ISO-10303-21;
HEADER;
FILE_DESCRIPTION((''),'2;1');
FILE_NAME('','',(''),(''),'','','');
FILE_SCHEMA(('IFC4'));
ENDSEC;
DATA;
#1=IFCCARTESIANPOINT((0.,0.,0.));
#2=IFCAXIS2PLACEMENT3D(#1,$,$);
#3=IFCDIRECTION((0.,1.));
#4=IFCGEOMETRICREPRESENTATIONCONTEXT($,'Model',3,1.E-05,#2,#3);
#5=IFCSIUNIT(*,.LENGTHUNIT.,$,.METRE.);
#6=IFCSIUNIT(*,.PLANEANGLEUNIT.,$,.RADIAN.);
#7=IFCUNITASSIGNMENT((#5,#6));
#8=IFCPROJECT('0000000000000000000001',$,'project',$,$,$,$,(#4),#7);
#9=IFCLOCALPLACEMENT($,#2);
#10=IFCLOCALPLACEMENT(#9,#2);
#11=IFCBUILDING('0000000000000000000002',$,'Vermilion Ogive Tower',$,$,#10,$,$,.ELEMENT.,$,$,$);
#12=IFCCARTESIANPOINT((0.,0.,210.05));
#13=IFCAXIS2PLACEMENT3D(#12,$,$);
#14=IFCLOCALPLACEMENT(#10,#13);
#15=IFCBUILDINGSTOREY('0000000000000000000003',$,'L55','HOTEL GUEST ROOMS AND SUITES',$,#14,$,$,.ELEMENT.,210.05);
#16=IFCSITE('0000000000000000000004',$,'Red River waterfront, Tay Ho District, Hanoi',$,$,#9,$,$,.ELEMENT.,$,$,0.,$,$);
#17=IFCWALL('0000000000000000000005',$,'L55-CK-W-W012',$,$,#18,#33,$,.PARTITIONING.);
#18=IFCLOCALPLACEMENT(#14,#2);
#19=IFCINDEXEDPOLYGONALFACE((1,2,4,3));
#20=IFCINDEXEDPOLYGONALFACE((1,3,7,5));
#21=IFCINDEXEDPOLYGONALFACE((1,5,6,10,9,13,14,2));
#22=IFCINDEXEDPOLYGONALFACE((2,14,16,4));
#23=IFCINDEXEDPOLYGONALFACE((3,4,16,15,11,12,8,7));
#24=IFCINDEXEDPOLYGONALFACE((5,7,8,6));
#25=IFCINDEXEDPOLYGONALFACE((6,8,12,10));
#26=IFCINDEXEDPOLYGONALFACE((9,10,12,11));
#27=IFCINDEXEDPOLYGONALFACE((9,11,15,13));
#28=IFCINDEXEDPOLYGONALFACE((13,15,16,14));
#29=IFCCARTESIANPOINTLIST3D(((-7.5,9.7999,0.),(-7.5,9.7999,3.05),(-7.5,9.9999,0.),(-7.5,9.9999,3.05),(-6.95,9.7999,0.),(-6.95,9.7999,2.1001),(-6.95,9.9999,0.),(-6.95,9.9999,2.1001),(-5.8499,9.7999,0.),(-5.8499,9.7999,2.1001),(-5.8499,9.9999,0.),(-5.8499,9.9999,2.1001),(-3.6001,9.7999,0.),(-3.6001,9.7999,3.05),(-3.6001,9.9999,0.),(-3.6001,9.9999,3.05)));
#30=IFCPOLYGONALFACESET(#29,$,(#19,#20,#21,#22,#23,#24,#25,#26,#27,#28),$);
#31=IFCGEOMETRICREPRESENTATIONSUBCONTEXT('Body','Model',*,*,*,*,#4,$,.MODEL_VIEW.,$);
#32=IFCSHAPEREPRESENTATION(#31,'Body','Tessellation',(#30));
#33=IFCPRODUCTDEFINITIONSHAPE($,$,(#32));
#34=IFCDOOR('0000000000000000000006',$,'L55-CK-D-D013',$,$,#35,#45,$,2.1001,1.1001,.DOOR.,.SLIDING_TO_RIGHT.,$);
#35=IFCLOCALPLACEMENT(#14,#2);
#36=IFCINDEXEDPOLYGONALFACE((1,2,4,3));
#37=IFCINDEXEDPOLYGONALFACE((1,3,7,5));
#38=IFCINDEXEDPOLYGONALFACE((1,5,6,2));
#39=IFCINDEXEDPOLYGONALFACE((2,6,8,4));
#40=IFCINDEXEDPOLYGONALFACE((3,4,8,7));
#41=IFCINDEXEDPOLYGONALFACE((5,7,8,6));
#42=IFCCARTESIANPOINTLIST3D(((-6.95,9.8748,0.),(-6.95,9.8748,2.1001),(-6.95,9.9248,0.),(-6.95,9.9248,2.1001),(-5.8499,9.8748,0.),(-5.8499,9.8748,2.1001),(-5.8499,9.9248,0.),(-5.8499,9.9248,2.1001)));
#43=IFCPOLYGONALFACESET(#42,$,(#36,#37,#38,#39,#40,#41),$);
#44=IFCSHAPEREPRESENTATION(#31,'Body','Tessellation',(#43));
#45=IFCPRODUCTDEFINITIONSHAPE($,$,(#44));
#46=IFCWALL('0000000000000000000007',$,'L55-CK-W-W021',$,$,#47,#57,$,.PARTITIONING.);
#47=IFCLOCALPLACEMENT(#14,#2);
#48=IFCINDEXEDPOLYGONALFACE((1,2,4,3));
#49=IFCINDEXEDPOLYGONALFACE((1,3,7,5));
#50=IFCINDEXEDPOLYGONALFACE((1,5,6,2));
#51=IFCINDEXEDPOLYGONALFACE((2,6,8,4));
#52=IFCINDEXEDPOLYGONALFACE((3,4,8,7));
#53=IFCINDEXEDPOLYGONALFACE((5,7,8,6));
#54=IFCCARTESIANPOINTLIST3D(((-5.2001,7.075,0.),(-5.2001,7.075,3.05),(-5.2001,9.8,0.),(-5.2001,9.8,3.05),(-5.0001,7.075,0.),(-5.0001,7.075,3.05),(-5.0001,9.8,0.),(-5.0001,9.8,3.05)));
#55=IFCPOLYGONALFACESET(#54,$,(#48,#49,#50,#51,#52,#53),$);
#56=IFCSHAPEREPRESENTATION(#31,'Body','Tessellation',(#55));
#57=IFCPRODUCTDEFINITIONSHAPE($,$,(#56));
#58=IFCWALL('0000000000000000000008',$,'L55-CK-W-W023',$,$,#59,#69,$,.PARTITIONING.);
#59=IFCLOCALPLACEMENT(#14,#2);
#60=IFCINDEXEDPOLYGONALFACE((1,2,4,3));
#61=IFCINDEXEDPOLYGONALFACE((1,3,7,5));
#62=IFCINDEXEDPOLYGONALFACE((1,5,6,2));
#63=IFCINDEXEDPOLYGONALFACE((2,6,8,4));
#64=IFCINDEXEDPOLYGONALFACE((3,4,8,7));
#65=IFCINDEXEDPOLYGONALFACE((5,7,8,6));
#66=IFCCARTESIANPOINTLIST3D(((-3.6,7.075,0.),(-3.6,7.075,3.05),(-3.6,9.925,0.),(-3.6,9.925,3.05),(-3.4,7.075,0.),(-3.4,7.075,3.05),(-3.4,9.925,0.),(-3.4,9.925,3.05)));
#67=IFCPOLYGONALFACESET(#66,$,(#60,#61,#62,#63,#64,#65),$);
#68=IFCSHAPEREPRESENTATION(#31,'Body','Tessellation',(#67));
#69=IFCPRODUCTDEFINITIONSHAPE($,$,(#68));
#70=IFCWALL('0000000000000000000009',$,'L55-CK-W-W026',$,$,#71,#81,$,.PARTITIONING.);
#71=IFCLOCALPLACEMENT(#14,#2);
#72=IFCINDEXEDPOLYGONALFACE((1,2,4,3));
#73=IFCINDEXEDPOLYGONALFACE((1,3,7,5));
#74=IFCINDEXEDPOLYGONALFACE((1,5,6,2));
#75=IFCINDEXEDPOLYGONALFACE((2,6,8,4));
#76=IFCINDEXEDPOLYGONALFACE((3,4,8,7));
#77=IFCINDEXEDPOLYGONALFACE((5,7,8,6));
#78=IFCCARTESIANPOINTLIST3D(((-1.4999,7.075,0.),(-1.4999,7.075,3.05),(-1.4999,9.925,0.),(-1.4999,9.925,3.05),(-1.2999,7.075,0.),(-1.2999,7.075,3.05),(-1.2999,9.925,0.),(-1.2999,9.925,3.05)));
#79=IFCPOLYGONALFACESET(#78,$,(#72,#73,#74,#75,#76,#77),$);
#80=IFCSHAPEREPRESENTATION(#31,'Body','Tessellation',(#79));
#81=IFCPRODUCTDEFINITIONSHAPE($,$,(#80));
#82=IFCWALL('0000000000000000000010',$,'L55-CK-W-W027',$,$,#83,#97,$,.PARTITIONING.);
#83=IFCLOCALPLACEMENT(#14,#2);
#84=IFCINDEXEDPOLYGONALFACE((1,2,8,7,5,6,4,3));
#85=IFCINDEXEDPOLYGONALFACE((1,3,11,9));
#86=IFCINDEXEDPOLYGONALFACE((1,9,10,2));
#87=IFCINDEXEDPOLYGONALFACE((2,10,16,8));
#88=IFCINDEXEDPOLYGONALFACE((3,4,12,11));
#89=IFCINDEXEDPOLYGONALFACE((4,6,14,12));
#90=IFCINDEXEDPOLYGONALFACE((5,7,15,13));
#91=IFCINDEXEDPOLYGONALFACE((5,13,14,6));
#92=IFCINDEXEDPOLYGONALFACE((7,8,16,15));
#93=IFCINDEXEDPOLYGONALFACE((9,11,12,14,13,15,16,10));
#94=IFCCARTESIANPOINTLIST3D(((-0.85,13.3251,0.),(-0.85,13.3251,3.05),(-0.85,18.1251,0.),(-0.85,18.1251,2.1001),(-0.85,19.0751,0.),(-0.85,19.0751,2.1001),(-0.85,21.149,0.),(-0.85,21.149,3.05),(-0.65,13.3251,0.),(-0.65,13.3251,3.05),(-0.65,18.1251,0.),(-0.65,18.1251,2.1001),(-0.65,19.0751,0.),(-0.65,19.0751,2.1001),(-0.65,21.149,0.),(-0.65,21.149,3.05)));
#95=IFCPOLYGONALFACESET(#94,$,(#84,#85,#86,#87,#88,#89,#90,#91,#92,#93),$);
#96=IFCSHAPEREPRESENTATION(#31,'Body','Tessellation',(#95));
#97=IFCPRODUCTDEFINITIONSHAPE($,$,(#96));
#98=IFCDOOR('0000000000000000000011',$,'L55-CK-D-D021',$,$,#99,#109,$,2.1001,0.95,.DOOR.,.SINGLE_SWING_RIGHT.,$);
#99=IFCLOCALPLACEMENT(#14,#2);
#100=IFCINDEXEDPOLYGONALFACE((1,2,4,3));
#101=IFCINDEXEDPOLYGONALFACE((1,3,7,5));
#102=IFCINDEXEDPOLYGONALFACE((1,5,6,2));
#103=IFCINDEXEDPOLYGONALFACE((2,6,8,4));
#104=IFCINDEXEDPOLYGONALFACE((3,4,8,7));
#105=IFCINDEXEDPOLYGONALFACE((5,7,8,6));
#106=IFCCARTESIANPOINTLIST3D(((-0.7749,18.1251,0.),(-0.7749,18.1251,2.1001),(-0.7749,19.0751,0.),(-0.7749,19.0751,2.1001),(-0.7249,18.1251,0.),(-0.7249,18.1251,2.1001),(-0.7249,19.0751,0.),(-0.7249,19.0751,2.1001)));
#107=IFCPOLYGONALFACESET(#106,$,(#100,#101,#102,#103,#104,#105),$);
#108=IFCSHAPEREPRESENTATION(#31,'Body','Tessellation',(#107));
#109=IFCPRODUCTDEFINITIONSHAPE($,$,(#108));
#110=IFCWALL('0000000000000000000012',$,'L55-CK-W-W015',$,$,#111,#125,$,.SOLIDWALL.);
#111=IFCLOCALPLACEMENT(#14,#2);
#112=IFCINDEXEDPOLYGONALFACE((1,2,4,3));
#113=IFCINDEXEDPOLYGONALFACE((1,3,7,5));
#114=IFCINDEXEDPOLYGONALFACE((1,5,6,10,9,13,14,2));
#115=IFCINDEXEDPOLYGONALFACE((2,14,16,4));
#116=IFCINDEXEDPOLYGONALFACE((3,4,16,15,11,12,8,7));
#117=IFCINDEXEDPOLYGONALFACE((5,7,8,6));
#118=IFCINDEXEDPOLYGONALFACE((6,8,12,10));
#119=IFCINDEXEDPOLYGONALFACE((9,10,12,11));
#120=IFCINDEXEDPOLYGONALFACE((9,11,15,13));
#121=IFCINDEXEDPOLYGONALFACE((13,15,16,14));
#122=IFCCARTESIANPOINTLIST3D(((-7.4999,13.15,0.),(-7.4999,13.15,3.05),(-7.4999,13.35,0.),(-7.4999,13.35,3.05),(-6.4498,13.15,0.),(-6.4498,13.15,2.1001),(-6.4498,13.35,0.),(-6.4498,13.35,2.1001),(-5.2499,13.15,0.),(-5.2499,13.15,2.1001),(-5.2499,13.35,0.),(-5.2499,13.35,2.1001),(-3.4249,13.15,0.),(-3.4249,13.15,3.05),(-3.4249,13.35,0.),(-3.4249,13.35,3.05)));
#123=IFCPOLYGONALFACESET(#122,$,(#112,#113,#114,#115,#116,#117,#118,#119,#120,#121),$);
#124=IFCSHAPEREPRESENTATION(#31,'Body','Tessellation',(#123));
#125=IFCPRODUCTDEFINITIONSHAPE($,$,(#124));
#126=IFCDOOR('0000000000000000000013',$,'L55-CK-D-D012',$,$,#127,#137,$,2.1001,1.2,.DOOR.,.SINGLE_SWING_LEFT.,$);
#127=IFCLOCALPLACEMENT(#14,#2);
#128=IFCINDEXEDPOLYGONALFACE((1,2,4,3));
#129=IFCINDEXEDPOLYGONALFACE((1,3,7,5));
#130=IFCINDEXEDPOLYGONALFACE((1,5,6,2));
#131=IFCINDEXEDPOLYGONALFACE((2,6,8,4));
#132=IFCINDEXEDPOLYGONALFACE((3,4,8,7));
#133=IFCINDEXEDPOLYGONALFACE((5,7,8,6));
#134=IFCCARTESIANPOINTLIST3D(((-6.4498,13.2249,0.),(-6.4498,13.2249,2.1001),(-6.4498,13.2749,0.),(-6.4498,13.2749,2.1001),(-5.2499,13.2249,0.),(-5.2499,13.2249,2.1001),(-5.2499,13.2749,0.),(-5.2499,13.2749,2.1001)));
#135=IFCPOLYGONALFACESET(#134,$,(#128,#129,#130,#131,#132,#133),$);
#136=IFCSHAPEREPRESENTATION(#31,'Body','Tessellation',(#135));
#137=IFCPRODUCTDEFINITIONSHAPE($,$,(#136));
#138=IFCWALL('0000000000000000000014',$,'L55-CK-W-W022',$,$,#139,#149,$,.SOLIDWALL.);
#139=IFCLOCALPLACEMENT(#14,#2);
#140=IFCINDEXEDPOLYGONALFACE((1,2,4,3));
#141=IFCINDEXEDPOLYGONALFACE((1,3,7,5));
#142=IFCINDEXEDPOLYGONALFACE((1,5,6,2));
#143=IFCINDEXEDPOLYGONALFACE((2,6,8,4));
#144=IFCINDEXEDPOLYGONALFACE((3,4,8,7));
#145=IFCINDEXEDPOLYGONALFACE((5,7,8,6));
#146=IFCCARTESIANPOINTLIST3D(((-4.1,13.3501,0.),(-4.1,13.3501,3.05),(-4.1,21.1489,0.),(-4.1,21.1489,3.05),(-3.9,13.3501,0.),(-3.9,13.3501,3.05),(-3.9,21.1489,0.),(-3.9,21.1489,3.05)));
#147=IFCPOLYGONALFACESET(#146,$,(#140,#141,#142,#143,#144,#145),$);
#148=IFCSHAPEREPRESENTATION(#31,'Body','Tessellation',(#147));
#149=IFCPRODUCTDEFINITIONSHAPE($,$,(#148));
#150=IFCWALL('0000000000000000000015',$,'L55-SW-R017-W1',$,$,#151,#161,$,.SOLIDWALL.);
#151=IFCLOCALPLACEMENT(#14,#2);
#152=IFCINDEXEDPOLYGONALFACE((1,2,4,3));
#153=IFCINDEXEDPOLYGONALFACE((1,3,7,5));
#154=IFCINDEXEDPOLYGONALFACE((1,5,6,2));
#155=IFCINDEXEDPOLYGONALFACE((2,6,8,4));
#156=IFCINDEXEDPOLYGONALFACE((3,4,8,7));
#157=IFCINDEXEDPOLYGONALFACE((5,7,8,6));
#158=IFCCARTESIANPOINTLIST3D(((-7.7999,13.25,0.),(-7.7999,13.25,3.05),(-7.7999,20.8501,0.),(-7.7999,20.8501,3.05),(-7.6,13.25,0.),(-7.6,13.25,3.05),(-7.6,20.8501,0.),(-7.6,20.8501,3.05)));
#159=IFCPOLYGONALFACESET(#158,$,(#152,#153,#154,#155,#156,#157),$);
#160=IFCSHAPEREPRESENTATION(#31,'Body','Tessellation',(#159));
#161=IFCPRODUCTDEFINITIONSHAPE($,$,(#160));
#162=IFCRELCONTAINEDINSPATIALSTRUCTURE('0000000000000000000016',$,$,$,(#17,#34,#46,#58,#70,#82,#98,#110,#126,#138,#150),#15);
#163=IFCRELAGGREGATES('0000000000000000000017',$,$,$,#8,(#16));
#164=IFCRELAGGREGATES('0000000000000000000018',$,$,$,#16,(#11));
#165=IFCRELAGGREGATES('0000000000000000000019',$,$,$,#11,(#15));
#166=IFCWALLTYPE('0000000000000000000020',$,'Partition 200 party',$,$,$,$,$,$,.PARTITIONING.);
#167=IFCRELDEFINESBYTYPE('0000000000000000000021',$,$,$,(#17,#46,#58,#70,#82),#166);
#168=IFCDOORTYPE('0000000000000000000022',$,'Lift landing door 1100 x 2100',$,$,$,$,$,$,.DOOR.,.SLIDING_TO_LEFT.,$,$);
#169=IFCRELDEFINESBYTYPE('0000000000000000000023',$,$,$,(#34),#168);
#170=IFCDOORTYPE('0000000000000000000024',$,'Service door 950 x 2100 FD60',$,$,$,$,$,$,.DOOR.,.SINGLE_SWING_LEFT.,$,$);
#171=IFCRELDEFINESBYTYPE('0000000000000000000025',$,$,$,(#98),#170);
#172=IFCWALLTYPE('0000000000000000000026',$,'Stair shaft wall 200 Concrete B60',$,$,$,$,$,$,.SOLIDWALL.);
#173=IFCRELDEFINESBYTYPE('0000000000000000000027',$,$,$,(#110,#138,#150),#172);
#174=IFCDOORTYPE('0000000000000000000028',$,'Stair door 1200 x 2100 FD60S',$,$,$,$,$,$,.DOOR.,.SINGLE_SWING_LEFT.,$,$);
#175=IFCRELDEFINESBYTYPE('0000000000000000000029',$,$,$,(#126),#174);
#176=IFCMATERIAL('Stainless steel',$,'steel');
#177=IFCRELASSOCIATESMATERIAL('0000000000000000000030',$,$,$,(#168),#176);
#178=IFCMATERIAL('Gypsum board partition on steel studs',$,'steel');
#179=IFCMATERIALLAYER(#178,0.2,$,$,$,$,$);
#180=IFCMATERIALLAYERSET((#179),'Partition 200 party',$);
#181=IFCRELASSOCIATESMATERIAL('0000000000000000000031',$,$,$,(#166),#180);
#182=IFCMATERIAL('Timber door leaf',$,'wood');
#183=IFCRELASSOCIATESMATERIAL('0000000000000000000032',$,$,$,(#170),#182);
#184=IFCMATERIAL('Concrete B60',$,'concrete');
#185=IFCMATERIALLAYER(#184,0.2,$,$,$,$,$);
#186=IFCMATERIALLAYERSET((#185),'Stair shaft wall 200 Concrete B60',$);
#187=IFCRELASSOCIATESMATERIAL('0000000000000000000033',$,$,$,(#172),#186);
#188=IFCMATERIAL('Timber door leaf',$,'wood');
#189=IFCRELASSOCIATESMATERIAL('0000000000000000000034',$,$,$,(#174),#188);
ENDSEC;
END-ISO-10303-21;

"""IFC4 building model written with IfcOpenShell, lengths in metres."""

from ifc_helpers import new_model, si_unit, direction, frame, frame_2d, origin, place, context, subcontext, project, spatial, rectangle, extrude, material, layer, layer_set, type_object, element, fill, save


model = new_model("IFC4")

# Units and contexts
model_context = context("Model", 3, precision=1e-05, world=origin(), true_north=direction((0.0, 1.0)))
body_context = subcontext(model_context, "Body", "Model", "MODEL_VIEW")
ifc_project = project(units=[si_unit("LENGTHUNIT", "METRE"), si_unit("PLANEANGLEUNIT", "RADIAN")], contexts=[model_context])

# Site, building, storey
site_placement = place(None, origin())
site = spatial("IfcSite", under=ifc_project, at=site_placement, Name="Red River waterfront, Tay Ho District, Hanoi", CompositionType="ELEMENT", RefElevation=0.0)
building_placement = place(site_placement, origin())
building = spatial("IfcBuilding", under=site, at=building_placement, Name="Vermilion Ogive Tower", CompositionType="ELEMENT")
storey_placement = place(building_placement, frame((0.0, 0.0, 210.05)))
storey = spatial("IfcBuildingStorey", under=building, at=storey_placement, Name="L55", Description="HOTEL GUEST ROOMS AND SUITES", CompositionType="ELEMENT", Elevation=210.05)

# Shared definitions
ifc_material_1 = material(Name="Stainless steel", Category="steel")
door_type_1 = type_object("IfcDoorType", Name="Lift landing door 1100 x 2100", OperationType="SLIDING_TO_LEFT", PredefinedType="DOOR", material=ifc_material_1)

# Wall, opening, door
ifc_material_2 = material(Name="Gypsum board partition on steel studs", Category="steel")
ifc_layer_1 = layer(ifc_material_2, 0.2)
ifc_layer_set_1 = layer_set([ifc_layer_1], Name="Partition 200 party")
wall_type_1 = type_object("IfcWallType", Name="Partition 200 party", PredefinedType="PARTITIONING", material=ifc_layer_set_1)
wall_1_placement = place(storey_placement, frame((-7.5, 9.8999, 0.0), z_axis=(0.0, 0.0, 1.0), x_axis=(1.0, 0.0, 0.0)))
wall_1 = element("IfcWall", 1, at=wall_1_placement, inside=storey, type_object=wall_type_1, Name="L55-CK-W-W012", PredefinedType="PARTITIONING", context=body_context, shape_type="SweptSolid", body=[
    extrude(rectangle(XDim=3.8999, YDim=0.2, at=frame_2d((1.95, 0.0))), origin(), (0.0, 0.0, 1.0), 3.05),
])
opening_1_placement = place(wall_1_placement, frame((0.55, 0.0, 0.0)))
opening_1 = element("IfcOpeningElement", 2, at=opening_1_placement, cuts=wall_1, PredefinedType="OPENING", context=body_context, shape_type="SweptSolid", body=[
    extrude(rectangle(XDim=1.1001, YDim=2.1001, at=frame_2d((0.55, 1.05))), frame((0.0, 0.1099, 0.0), z_axis=(0.0, -1.0, 0.0), x_axis=(1.0, 0.0, 0.0)), (0.0, 0.0, 1.0), 0.22),
])
door_1_placement = place(opening_1_placement, origin())
door_1 = element("IfcDoor", 3, at=door_1_placement, inside=storey, type_object=door_type_1, Name="L55-CK-D-D013", OperationType="SLIDING_TO_RIGHT", OverallHeight=2.1001, OverallWidth=1.1001, PredefinedType="DOOR", context=body_context, shape_type="SweptSolid", body=[
    extrude(rectangle(XDim=1.1001, YDim=2.1001, at=frame_2d((0.55, 1.05))), frame((0.0, 0.0249, 0.0), z_axis=(0.0, -1.0, 0.0), x_axis=(1.0, 0.0, 0.0)), (0.0, 0.0, 1.0), 0.05),
])
fill(opening_1, door_1)

# Walls
wall_2_placement = place(storey_placement, frame((-5.1001, 7.075, 0.0), z_axis=(0.0, 0.0, 1.0), x_axis=(0.0, 1.0, 0.0)))
element("IfcWall", 4, at=wall_2_placement, inside=storey, type_object=wall_type_1, Name="L55-CK-W-W021", PredefinedType="PARTITIONING", context=body_context, shape_type="SweptSolid", body=[
    extrude(rectangle(XDim=2.7251, YDim=0.2, at=frame_2d((1.3625, 0.0))), origin(), (0.0, 0.0, 1.0), 3.05),
])
for number, where, z_axis, x_axis, name in (
    (5, (-3.5, 7.075, 0.0), (0.0, 0.0, 1.0), (0.0, 1.0, 0.0), "L55-CK-W-W023"),
    (6, (-1.3999, 7.075, 0.0), (0.0, 0.0, 1.0), (0.0, 1.0, 0.0), "L55-CK-W-W026"),
):
    element("IfcWall", number, at=place(storey_placement, frame(where, z_axis=z_axis, x_axis=x_axis)), inside=storey, type_object=wall_type_1, Name=name, PredefinedType="PARTITIONING", context=body_context, shape_type="SweptSolid", body=[
        extrude(rectangle(XDim=2.8501, YDim=0.2, at=frame_2d((1.425, 0.0))), origin(), (0.0, 0.0, 1.0), 3.05),
    ])

# Walls, openings, doors
wall_3_placement = place(storey_placement, frame((-0.75, 13.325, 0.0), z_axis=(0.0, 0.0, 1.0), x_axis=(0.0, 1.0, 0.0)))
wall_3 = element("IfcWall", 7, at=wall_3_placement, inside=storey, type_object=wall_type_1, Name="L55-CK-W-W027", PredefinedType="PARTITIONING", context=body_context, shape_type="SweptSolid", body=[
    extrude(rectangle(XDim=7.824, YDim=0.2, at=frame_2d((3.9121, 0.0))), origin(), (0.0, 0.0, 1.0), 3.05),
])
opening_2_placement = place(wall_3_placement, frame((4.8, 0.0, 0.0)))
opening_2 = element("IfcOpeningElement", 8, at=opening_2_placement, cuts=wall_3, PredefinedType="OPENING", context=body_context, shape_type="SweptSolid", body=[
    extrude(rectangle(XDim=0.95, YDim=2.1001, at=frame_2d((0.4751, 1.05))), frame((0.0, 0.1099, 0.0), z_axis=(0.0, -1.0, 0.0), x_axis=(1.0, 0.0, 0.0)), (0.0, 0.0, 1.0), 0.22),
])
ifc_material_3 = material(Name="Timber door leaf", Category="wood")
door_type_2 = type_object("IfcDoorType", Name="Service door 950 x 2100 FD60", OperationType="SINGLE_SWING_LEFT", PredefinedType="DOOR", material=ifc_material_3)
door_2_placement = place(opening_2_placement, origin())
door_2 = element("IfcDoor", 9, at=door_2_placement, inside=storey, type_object=door_type_2, Name="L55-CK-D-D021", OperationType="SINGLE_SWING_RIGHT", OverallHeight=2.1001, OverallWidth=0.95, PredefinedType="DOOR", context=body_context, shape_type="SweptSolid", body=[
    extrude(rectangle(XDim=0.95, YDim=2.1001, at=frame_2d((0.4751, 1.05))), frame((0.0, 0.0249, 0.0), z_axis=(0.0, -1.0, 0.0), x_axis=(1.0, 0.0, 0.0)), (0.0, 0.0, 1.0), 0.05),
])
fill(opening_2, door_2)
ifc_material_4 = material(Name="Concrete B60", Category="concrete")
ifc_layer_2 = layer(ifc_material_4, 0.2)
ifc_layer_set_2 = layer_set([ifc_layer_2], Name="Stair shaft wall 200 Concrete B60")
wall_type_2 = type_object("IfcWallType", Name="Stair shaft wall 200 Concrete B60", PredefinedType="SOLIDWALL", material=ifc_layer_set_2)
wall_4_placement = place(storey_placement, frame((-7.5, 13.25, 0.0), z_axis=(0.0, 0.0, 1.0), x_axis=(1.0, 0.0, 0.0)))
wall_4 = element("IfcWall", 10, at=wall_4_placement, inside=storey, type_object=wall_type_2, Name="L55-CK-W-W015", PredefinedType="SOLIDWALL", context=body_context, shape_type="SweptSolid", body=[
    extrude(rectangle(XDim=4.075, YDim=0.2, at=frame_2d((2.0376, 0.0))), origin(), (0.0, 0.0, 1.0), 3.05),
])
opening_3_placement = place(wall_4_placement, frame((1.05, 0.0, 0.0)))
opening_3 = element("IfcOpeningElement", 11, at=opening_3_placement, cuts=wall_4, PredefinedType="OPENING", context=body_context, shape_type="SweptSolid", body=[
    extrude(rectangle(XDim=1.2, YDim=2.1001, at=frame_2d((0.6001, 1.05))), frame((0.0, 0.1099, 0.0), z_axis=(0.0, -1.0, 0.0), x_axis=(1.0, 0.0, 0.0)), (0.0, 0.0, 1.0), 0.22),
])
ifc_material_5 = material(Name="Timber door leaf", Category="wood")
door_type_3 = type_object("IfcDoorType", Name="Stair door 1200 x 2100 FD60S", OperationType="SINGLE_SWING_LEFT", PredefinedType="DOOR", material=ifc_material_5)
door_3_placement = place(opening_3_placement, origin())
door_3 = element("IfcDoor", 12, at=door_3_placement, inside=storey, type_object=door_type_3, Name="L55-CK-D-D012", OperationType="SINGLE_SWING_LEFT", OverallHeight=2.1001, OverallWidth=1.2, PredefinedType="DOOR", context=body_context, shape_type="SweptSolid", body=[
    extrude(rectangle(XDim=1.2, YDim=2.1001, at=frame_2d((0.6001, 1.05))), frame((0.0, 0.0249, 0.0), z_axis=(0.0, -1.0, 0.0), x_axis=(1.0, 0.0, 0.0)), (0.0, 0.0, 1.0), 0.05),
])
fill(opening_3, door_3)

# Walls
wall_5_placement = place(storey_placement, frame((-4.0, 13.3501, 0.0), z_axis=(0.0, 0.0, 1.0), x_axis=(0.0, 1.0, 0.0)))
element("IfcWall", 13, at=wall_5_placement, inside=storey, type_object=wall_type_2, Name="L55-CK-W-W022", PredefinedType="SOLIDWALL", context=body_context, shape_type="SweptSolid", body=[
    extrude(rectangle(XDim=7.7988, YDim=0.2, at=frame_2d((3.8994, 0.0))), origin(), (0.0, 0.0, 1.0), 3.05),
])
wall_6_placement = place(storey_placement, frame((-7.7, 13.25, 0.0), z_axis=(0.0, 0.0, 1.0), x_axis=(0.0, 1.0, 0.0)))
element("IfcWall", 14, at=wall_6_placement, inside=storey, type_object=wall_type_2, Name="L55-SW-R017-W1", PredefinedType="SOLIDWALL", context=body_context, shape_type="SweptSolid", body=[
    extrude(rectangle(XDim=7.6001, YDim=0.2, at=frame_2d((3.8, 0.0))), origin(), (0.0, 0.0, 1.0), 3.05),
])

save(model, "model.ifc")
